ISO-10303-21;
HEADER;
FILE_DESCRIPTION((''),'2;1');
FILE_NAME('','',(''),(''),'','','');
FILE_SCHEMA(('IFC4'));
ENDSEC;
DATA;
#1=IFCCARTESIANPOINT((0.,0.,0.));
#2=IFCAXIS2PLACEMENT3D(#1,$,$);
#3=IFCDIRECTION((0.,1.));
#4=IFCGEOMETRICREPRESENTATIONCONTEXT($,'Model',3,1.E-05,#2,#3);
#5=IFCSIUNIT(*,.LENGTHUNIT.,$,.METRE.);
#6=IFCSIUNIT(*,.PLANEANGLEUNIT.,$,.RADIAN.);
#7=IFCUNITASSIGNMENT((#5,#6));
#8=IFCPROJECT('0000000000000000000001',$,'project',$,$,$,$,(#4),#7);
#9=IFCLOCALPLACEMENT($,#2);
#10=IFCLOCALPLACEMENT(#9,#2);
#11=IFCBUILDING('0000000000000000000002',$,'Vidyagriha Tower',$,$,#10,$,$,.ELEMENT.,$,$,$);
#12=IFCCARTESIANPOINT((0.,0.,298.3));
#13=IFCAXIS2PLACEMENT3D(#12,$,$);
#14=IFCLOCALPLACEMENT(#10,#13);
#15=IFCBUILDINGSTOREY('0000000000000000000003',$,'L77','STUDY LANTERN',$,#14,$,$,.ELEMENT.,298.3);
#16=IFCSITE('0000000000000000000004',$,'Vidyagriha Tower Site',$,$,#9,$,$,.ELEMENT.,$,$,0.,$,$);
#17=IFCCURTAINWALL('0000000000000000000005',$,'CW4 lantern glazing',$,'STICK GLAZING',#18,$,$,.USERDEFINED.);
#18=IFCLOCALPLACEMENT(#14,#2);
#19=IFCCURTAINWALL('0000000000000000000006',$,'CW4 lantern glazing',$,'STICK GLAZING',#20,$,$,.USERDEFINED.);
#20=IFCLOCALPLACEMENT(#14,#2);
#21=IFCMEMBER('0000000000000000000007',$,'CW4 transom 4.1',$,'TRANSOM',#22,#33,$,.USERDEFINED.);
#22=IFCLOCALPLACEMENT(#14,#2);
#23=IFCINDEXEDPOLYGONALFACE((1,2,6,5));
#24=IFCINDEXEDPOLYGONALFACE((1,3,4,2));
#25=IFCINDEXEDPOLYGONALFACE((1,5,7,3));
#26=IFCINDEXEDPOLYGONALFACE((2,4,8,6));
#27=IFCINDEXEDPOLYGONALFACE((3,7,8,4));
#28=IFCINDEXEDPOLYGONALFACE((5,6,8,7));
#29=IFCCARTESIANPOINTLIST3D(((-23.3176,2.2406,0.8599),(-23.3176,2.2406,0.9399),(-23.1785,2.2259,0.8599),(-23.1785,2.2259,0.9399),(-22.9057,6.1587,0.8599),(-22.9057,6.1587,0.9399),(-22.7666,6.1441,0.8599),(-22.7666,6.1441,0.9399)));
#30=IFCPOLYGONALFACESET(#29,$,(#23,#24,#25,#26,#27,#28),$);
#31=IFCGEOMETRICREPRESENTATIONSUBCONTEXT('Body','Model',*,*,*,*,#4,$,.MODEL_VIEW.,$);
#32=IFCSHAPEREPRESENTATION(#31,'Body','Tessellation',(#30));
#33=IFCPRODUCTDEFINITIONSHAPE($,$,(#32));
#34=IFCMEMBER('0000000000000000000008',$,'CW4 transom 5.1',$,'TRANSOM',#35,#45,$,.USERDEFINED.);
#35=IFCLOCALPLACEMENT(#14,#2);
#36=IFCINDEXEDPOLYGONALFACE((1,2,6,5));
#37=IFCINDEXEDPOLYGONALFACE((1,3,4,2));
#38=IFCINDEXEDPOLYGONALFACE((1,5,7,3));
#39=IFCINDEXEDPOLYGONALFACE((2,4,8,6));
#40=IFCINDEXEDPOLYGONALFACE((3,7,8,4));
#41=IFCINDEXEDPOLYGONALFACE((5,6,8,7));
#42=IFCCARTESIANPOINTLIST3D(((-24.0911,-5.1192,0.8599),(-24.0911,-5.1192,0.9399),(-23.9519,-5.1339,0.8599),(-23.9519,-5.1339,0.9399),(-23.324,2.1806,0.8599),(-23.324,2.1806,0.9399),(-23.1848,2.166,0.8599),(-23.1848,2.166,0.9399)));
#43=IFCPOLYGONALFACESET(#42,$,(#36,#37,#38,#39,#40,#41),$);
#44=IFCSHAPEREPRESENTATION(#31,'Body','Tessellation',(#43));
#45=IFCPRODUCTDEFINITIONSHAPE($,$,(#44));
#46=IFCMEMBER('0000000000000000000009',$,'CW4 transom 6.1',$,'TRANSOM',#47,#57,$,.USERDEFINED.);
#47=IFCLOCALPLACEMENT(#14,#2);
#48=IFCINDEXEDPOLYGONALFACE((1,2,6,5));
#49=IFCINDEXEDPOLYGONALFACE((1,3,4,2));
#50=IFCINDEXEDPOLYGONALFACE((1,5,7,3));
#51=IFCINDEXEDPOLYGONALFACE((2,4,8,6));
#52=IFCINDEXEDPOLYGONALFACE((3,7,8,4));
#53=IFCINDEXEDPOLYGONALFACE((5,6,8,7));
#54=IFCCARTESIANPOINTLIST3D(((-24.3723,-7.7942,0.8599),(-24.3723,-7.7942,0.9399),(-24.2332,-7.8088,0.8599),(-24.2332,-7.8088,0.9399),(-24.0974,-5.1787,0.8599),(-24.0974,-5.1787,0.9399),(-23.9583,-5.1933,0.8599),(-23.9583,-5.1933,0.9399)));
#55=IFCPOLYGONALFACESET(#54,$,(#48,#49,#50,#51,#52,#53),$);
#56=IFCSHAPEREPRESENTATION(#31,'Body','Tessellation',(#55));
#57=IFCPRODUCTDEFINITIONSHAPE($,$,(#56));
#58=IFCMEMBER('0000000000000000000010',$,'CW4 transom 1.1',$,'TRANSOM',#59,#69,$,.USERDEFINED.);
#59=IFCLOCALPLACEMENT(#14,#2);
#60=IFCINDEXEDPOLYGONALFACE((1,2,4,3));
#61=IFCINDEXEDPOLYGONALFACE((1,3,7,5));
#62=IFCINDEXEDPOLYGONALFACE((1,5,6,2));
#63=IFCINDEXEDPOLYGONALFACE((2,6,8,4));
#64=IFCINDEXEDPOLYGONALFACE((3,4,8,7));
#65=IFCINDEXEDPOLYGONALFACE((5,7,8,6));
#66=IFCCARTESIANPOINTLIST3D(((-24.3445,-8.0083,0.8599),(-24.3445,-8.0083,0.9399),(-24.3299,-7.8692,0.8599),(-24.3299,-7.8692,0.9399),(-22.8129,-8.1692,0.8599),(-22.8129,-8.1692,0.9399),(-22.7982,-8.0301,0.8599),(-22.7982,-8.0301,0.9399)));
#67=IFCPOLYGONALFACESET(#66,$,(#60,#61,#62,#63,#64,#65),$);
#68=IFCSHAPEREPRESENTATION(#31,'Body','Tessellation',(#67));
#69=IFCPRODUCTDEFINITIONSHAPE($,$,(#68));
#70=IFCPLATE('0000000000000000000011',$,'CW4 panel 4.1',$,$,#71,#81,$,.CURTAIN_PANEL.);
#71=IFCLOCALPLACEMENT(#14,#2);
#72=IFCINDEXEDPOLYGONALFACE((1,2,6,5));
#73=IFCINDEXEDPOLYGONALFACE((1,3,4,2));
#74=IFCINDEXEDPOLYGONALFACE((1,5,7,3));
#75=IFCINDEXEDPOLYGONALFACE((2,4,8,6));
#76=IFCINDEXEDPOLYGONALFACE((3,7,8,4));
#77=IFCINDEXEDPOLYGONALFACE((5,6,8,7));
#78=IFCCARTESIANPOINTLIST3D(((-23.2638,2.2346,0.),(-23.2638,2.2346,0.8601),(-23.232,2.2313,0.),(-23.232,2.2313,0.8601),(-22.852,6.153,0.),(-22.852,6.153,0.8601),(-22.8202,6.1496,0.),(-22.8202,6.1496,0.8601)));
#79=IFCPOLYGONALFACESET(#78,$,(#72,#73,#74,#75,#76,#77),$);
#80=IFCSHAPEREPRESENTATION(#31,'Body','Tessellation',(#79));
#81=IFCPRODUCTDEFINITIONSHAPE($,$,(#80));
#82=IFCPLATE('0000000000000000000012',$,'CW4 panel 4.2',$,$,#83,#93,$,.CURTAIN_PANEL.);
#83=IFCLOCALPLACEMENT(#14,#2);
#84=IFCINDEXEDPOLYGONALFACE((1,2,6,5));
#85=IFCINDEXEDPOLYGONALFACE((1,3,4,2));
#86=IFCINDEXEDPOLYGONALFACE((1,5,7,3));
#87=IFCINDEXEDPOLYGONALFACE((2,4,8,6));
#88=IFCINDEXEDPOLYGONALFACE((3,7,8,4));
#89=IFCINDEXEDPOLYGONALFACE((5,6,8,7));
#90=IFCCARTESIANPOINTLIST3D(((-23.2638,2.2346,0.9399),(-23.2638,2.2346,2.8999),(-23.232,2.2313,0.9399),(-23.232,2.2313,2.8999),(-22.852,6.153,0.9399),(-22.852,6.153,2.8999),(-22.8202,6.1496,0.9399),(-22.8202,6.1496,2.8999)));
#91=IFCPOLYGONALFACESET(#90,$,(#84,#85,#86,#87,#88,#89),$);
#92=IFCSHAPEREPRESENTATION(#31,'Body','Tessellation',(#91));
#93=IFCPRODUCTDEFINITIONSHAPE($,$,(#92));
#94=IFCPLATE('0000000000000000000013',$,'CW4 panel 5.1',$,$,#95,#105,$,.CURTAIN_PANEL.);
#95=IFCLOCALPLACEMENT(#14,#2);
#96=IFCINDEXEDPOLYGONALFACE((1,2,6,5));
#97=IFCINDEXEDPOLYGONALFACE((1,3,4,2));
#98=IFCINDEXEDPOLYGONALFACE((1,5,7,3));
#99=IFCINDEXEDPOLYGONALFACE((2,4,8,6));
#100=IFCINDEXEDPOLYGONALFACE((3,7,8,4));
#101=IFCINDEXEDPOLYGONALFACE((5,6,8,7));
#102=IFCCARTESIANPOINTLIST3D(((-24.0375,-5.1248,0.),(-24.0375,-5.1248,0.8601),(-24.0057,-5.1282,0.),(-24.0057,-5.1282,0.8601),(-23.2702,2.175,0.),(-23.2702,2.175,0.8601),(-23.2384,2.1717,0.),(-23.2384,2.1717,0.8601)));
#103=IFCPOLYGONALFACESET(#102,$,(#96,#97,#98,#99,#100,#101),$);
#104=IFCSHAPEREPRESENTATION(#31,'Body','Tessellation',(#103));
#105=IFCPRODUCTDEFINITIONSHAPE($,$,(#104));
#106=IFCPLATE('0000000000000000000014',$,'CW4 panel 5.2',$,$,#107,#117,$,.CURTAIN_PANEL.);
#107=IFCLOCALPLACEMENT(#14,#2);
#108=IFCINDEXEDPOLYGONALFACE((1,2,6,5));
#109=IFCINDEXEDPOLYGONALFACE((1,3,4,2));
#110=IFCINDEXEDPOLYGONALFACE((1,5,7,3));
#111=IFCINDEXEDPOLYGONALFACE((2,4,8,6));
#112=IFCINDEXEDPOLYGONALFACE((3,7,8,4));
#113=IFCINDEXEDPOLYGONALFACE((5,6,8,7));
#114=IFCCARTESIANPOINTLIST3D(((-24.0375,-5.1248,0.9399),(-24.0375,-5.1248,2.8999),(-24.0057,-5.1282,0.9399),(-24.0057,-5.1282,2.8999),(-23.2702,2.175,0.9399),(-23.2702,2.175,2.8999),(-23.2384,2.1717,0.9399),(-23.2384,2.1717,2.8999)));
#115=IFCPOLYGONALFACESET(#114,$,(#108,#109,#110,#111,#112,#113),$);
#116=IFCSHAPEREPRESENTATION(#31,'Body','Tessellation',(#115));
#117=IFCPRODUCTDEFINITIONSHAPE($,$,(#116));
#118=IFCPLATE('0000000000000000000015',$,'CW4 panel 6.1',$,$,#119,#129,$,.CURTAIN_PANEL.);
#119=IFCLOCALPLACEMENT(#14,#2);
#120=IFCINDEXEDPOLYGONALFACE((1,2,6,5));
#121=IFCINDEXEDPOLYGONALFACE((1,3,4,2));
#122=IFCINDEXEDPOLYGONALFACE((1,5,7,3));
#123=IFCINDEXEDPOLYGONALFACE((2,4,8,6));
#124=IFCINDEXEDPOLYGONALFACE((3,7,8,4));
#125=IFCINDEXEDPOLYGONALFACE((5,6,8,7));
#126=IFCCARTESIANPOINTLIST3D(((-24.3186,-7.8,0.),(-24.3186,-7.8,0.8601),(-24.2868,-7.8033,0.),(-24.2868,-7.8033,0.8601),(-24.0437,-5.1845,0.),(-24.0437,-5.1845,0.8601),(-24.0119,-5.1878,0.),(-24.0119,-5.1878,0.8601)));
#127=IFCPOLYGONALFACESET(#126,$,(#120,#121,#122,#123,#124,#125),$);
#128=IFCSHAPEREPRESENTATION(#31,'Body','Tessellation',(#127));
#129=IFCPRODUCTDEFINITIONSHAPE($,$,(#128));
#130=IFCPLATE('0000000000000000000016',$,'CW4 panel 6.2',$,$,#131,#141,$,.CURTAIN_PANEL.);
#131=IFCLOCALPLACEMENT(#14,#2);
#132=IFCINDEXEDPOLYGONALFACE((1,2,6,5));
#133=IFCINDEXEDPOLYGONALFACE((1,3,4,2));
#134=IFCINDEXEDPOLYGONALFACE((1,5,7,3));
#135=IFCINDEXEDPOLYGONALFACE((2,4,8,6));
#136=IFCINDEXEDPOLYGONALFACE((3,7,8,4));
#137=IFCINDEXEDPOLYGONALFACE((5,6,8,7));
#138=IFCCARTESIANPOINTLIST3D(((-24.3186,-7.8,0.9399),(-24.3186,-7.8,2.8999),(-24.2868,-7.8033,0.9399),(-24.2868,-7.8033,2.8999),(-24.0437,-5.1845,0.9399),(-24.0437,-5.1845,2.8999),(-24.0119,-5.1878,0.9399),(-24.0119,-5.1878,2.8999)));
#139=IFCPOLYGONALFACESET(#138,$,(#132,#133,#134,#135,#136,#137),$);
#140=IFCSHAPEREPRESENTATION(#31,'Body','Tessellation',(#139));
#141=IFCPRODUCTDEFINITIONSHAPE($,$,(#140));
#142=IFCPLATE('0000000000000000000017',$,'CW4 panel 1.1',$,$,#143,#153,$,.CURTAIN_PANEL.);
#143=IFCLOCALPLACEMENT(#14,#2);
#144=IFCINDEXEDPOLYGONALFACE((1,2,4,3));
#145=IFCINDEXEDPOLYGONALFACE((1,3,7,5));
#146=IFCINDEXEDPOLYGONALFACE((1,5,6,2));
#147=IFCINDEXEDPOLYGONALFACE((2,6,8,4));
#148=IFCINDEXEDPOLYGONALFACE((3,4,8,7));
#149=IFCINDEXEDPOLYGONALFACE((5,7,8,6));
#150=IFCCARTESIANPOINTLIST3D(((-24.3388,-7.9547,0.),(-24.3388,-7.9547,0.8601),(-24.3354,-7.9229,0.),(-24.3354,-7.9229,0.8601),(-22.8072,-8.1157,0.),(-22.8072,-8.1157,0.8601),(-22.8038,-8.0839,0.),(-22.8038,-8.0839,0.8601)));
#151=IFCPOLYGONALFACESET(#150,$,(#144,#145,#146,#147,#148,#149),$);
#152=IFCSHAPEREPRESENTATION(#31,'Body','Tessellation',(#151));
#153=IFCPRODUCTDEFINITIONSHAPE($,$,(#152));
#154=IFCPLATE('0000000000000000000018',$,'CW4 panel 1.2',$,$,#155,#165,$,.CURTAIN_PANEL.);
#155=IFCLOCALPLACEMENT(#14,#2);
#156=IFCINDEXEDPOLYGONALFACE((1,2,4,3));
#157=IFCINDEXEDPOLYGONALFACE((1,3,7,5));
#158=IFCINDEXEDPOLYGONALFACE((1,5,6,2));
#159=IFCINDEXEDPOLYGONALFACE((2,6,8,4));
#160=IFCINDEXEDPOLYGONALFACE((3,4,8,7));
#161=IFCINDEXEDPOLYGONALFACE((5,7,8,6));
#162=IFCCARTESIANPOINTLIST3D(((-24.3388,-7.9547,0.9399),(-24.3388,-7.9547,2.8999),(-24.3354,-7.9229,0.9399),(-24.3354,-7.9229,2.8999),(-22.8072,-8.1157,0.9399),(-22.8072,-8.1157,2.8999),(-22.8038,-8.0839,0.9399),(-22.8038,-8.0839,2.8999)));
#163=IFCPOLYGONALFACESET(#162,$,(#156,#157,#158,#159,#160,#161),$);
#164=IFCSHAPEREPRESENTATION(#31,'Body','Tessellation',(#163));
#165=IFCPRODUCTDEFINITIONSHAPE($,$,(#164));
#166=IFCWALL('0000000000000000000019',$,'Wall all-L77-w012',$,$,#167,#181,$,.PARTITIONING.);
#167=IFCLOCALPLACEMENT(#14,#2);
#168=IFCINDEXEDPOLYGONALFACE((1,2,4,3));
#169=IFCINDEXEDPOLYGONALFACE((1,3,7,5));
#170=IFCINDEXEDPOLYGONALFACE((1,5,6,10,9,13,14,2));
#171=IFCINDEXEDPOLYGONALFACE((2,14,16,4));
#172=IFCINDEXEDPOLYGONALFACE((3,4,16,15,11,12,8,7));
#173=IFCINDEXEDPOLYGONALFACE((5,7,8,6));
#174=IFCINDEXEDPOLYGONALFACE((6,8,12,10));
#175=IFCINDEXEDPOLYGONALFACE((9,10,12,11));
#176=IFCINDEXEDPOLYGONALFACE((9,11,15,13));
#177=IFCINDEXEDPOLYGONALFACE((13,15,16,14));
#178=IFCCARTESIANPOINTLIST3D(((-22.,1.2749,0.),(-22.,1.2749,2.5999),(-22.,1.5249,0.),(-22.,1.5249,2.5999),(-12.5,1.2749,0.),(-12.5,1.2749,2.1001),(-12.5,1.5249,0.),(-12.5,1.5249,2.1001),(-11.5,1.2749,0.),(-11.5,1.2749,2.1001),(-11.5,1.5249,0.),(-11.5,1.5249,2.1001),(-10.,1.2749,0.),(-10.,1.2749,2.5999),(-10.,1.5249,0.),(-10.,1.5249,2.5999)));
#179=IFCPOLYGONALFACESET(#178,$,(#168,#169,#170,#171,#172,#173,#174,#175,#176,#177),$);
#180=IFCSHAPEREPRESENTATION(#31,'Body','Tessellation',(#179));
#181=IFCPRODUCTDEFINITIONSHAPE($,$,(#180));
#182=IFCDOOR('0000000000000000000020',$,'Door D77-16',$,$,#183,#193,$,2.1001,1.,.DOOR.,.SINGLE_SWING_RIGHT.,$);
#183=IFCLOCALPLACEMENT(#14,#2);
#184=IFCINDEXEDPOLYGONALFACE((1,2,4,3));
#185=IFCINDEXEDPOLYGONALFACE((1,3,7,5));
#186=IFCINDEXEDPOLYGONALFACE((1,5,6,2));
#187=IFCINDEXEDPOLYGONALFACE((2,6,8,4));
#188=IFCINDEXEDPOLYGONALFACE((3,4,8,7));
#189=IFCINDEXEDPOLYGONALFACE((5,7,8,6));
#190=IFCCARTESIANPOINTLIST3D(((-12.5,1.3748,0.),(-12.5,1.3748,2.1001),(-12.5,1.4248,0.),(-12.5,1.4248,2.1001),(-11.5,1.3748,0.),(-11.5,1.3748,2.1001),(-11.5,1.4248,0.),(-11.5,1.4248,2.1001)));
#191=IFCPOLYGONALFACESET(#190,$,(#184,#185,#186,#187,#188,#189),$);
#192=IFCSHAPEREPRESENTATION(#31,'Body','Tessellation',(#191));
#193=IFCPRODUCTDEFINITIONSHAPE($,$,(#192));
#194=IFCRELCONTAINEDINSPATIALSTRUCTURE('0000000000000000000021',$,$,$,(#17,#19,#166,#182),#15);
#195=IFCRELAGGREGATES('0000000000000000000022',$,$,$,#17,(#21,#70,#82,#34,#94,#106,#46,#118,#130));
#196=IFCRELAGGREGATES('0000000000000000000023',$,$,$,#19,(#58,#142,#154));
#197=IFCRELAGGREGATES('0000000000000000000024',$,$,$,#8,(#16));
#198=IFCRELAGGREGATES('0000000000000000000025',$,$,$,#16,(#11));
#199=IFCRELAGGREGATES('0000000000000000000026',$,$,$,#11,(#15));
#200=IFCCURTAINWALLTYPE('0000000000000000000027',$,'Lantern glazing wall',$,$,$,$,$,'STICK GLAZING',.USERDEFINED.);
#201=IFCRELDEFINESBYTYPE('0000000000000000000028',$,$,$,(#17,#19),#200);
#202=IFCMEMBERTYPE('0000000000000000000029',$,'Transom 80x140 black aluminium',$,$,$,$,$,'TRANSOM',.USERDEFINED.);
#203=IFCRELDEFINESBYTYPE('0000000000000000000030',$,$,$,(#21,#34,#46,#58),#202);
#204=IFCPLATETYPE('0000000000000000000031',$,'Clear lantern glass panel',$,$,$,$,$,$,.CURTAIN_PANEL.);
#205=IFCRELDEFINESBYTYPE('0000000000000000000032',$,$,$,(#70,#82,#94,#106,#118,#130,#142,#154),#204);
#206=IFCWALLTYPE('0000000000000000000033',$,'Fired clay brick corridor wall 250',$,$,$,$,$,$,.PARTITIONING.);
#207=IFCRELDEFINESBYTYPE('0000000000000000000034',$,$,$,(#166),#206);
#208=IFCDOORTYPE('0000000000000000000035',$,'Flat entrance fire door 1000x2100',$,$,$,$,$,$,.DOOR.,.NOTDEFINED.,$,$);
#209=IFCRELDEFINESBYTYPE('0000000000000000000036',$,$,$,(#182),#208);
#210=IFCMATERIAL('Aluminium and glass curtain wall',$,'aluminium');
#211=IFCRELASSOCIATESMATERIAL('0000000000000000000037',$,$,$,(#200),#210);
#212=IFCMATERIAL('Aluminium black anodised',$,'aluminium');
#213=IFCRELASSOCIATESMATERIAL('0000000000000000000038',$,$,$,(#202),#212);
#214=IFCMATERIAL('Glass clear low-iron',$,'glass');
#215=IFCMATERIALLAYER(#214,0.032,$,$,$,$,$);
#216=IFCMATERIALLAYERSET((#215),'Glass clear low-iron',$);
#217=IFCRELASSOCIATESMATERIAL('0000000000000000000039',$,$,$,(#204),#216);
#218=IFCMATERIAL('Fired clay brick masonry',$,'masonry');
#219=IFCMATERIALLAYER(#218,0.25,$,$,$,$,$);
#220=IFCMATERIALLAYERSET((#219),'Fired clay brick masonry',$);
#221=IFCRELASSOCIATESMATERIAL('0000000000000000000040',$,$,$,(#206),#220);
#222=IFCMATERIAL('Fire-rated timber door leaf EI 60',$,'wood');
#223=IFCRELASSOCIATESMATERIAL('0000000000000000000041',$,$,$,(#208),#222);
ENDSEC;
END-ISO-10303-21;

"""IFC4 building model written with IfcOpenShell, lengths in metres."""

from ifc_helpers import new_model, si_unit, direction, frame, frame_2d, origin, origin_2d, place, context, subcontext, project, spatial, rectangle, extrude, material, layer, layer_set, material_profile, profile_set, type_object, element, fill, aggregate, save


model = new_model("IFC4")

# Units and contexts
model_context = context("Model", 3, precision=1e-05, world=origin(), true_north=direction((0.0, 1.0)))
body_context = subcontext(model_context, "Body", "Model", "MODEL_VIEW")
ifc_project = project(units=[si_unit("LENGTHUNIT", "METRE"), si_unit("PLANEANGLEUNIT", "RADIAN")], contexts=[model_context])

# Site, building, storey
site_placement = place(None, origin())
site = spatial("IfcSite", under=ifc_project, at=site_placement, Name="Vidyagriha Tower Site", CompositionType="ELEMENT", RefElevation=0.0)
building_placement = place(site_placement, origin())
building = spatial("IfcBuilding", under=site, at=building_placement, Name="Vidyagriha Tower", CompositionType="ELEMENT")
storey_placement = place(building_placement, frame((0.0, 0.0, 298.3)))
storey = spatial("IfcBuildingStorey", under=building, at=storey_placement, Name="L77", Description="STUDY LANTERN", CompositionType="ELEMENT", Elevation=298.3)

# Curtain walls
ifc_material_1 = material(Name="Aluminium and glass curtain wall", Category="aluminium")
curtain_wall_type = type_object("IfcCurtainWallType", Name="Lantern glazing wall", ElementType="STICK GLAZING", PredefinedType="USERDEFINED", material=ifc_material_1)
curtain_wall_1_placement = place(storey_placement, origin())
curtain_wall_1 = element("IfcCurtainWall", 1, at=curtain_wall_1_placement, inside=storey, type_object=curtain_wall_type, Name="CW4 lantern glazing", ObjectType="STICK GLAZING", PredefinedType="USERDEFINED")
curtain_wall_2_placement = place(storey_placement, origin())
curtain_wall_2 = element("IfcCurtainWall", 2, at=curtain_wall_2_placement, inside=storey, type_object=curtain_wall_type, Name="CW4 lantern glazing", ObjectType="STICK GLAZING", PredefinedType="USERDEFINED")

# Members
ifc_material_2 = material(Name="Aluminium black anodised", Category="aluminium")
ifc_material_profile_1 = material_profile(ifc_material_2, rectangle(XDim=0.1399, YDim=0.0801, at=origin_2d()), Name="Transom 80x140 black aluminium")
ifc_profile_set_1 = profile_set([ifc_material_profile_1], Name="Aluminium black anodised")
member_type_1 = type_object("IfcMemberType", Name="Transom 80x140 black aluminium", ElementType="TRANSOM", PredefinedType="USERDEFINED", material=ifc_profile_set_1)
member_1_placement = place(storey_placement, frame((-22.8362, 6.1514, 0.8999), z_axis=(-0.10454, -0.994521, 0.0), x_axis=(0.994521, -0.10454, 0.0)))
member_1 = element("IfcMember", 3, at=member_1_placement, type_object=member_type_1, Name="CW4 transom 4.1", ObjectType="TRANSOM", PredefinedType="USERDEFINED", context=body_context, shape_type="SweptSolid", body=[
    extrude(rectangle(XDim=0.1399, YDim=0.0801, at=origin_2d()), origin(), (0.0, 0.0, 1.0), 3.9397),
])
member_2_placement = place(storey_placement, frame((-23.2544, 2.1733, 0.8999), z_axis=(-0.104508, -0.994524, 0.0), x_axis=(0.994524, -0.104508, 0.0)))
member_2 = element("IfcMember", 4, at=member_2_placement, type_object=member_type_1, Name="CW4 transom 5.1", ObjectType="TRANSOM", PredefinedType="USERDEFINED", context=body_context, shape_type="SweptSolid", body=[
    extrude(rectangle(XDim=0.1399, YDim=0.0801, at=origin_2d()), origin(), (0.0, 0.0, 1.0), 7.3401),
])
member_3_placement = place(storey_placement, frame((-24.0278, -5.186, 0.8999), z_axis=(-0.10453, -0.994522, 0.0), x_axis=(0.994522, -0.10453, 0.0)))
member_3 = element("IfcMember", 5, at=member_3_placement, type_object=member_type_1, Name="CW4 transom 6.1", ObjectType="TRANSOM", PredefinedType="USERDEFINED", context=body_context, shape_type="SweptSolid", body=[
    extrude(rectangle(XDim=0.1399, YDim=0.0801, at=origin_2d()), origin(), (0.0, 0.0, 1.0), 2.6299),
])
member_4_placement = place(storey_placement, frame((-24.3372, -7.9387, 0.8999), z_axis=(0.994527, -0.104478, 0.0), x_axis=(0.104478, 0.994527, 0.0)))
member_4 = element("IfcMember", 6, at=member_4_placement, type_object=member_type_1, Name="CW4 transom 1.1", ObjectType="TRANSOM", PredefinedType="USERDEFINED", context=body_context, shape_type="SweptSolid", body=[
    extrude(rectangle(XDim=0.1399, YDim=0.0801, at=origin_2d()), origin(), (0.0, 0.0, 1.0), 1.54),
])

# Plates
ifc_material_3 = material(Name="Glass clear low-iron", Category="glass")
ifc_layer_1 = layer(ifc_material_3, 0.032)
ifc_layer_set_1 = layer_set([ifc_layer_1], Name="Glass clear low-iron")
plate_type = type_object("IfcPlateType", Name="Clear lantern glass panel", PredefinedType="CURTAIN_PANEL", material=ifc_layer_set_1)
plate_1_placement = place(storey_placement, frame((-23.042, 4.1921, 0.0), z_axis=(0.0, 0.0, 1.0), x_axis=(-0.104527, -0.994522, 0.0)))
plate_1 = element("IfcPlate", 7, at=plate_1_placement, type_object=plate_type, Name="CW4 panel 4.1", PredefinedType="CURTAIN_PANEL", context=body_context, shape_type="SweptSolid", body=[
    extrude(rectangle(XDim=3.9399, YDim=0.032, at=origin_2d()), origin(), (0.0, 0.0, 1.0), 0.8601),
])
plate_2_placement = place(storey_placement, frame((-23.042, 4.1921, 0.9399), z_axis=(0.0, 0.0, 1.0), x_axis=(-0.104527, -0.994522, 0.0)))
plate_2 = element("IfcPlate", 8, at=plate_2_placement, type_object=plate_type, Name="CW4 panel 4.2", PredefinedType="CURTAIN_PANEL", context=body_context, shape_type="SweptSolid", body=[
    extrude(rectangle(XDim=3.9399, YDim=0.032, at=origin_2d()), origin(), (0.0, 0.0, 1.0), 1.96),
])
plate_3_placement = place(storey_placement, frame((-23.6379, -1.4766, 0.0), z_axis=(0.0, 0.0, 1.0), x_axis=(-0.104527, -0.994522, 0.0)))
plate_3 = element("IfcPlate", 9, at=plate_3_placement, type_object=plate_type, Name="CW4 panel 5.1", PredefinedType="CURTAIN_PANEL", context=body_context, shape_type="SweptSolid", body=[
    extrude(rectangle(XDim=7.3401, YDim=0.032, at=origin_2d()), origin(), (0.0, 0.0, 1.0), 0.8601),
])
plate_4_placement = place(storey_placement, frame((-23.6379, -1.4766, 0.9399), z_axis=(0.0, 0.0, 1.0), x_axis=(-0.104527, -0.994522, 0.0)))
plate_4 = element("IfcPlate", 10, at=plate_4_placement, type_object=plate_type, Name="CW4 panel 5.2", PredefinedType="CURTAIN_PANEL", context=body_context, shape_type="SweptSolid", body=[
    extrude(rectangle(XDim=7.3401, YDim=0.032, at=origin_2d()), origin(), (0.0, 0.0, 1.0), 1.96),
])
plate_5_placement = place(storey_placement, frame((-24.1653, -6.4939, 0.0), z_axis=(0.0, 0.0, 1.0), x_axis=(-0.104527, -0.994522, 0.0)))
plate_5 = element("IfcPlate", 11, at=plate_5_placement, type_object=plate_type, Name="CW4 panel 6.1", PredefinedType="CURTAIN_PANEL", context=body_context, shape_type="SweptSolid", body=[
    extrude(rectangle(XDim=2.6299, YDim=0.032, at=origin_2d()), origin(), (0.0, 0.0, 1.0), 0.8601),
])
plate_6_placement = place(storey_placement, frame((-24.1653, -6.4939, 0.9399), z_axis=(0.0, 0.0, 1.0), x_axis=(-0.104527, -0.994522, 0.0)))
plate_6 = element("IfcPlate", 12, at=plate_6_placement, type_object=plate_type, Name="CW4 panel 6.2", PredefinedType="CURTAIN_PANEL", context=body_context, shape_type="SweptSolid", body=[
    extrude(rectangle(XDim=2.6299, YDim=0.032, at=origin_2d()), origin(), (0.0, 0.0, 1.0), 1.96),
])
aggregate(curtain_wall_1, [member_1, plate_1, plate_2, member_2, plate_3, plate_4, member_3, plate_5, plate_6])
plate_7_placement = place(storey_placement, frame((-23.5713, -8.0193, 0.0), z_axis=(0.0, 0.0, 1.0), x_axis=(0.994523, -0.104519, 0.0)))
plate_7 = element("IfcPlate", 13, at=plate_7_placement, type_object=plate_type, Name="CW4 panel 1.1", PredefinedType="CURTAIN_PANEL", context=body_context, shape_type="SweptSolid", body=[
    extrude(rectangle(XDim=1.54, YDim=0.032, at=origin_2d()), origin(), (0.0, 0.0, 1.0), 0.8601),
])
plate_8_placement = place(storey_placement, frame((-23.5713, -8.0193, 0.9399), z_axis=(0.0, 0.0, 1.0), x_axis=(0.994523, -0.104519, 0.0)))
plate_8 = element("IfcPlate", 14, at=plate_8_placement, type_object=plate_type, Name="CW4 panel 1.2", PredefinedType="CURTAIN_PANEL", context=body_context, shape_type="SweptSolid", body=[
    extrude(rectangle(XDim=1.54, YDim=0.032, at=origin_2d()), origin(), (0.0, 0.0, 1.0), 1.96),
])
aggregate(curtain_wall_2, [member_4, plate_7, plate_8])

# Wall, opening, door
ifc_material_4 = material(Name="Fired clay brick masonry", Category="masonry")
ifc_layer_2 = layer(ifc_material_4, 0.25)
ifc_layer_set_2 = layer_set([ifc_layer_2], Name="Fired clay brick masonry")
wall_type = type_object("IfcWallType", Name="Fired clay brick corridor wall 250", PredefinedType="PARTITIONING", material=ifc_layer_set_2)
wall_placement = place(storey_placement, frame((-22.0, 1.3999, 0.0)))
wall = element("IfcWall", 15, at=wall_placement, inside=storey, type_object=wall_type, Name="Wall all-L77-w012", PredefinedType="PARTITIONING", context=body_context, shape_type="SweptSolid", body=[
    extrude(rectangle(XDim=12.0, YDim=0.25, at=frame_2d((6.0, 0.0))), origin(), (0.0, 0.0, 1.0), 2.5999),
])
opening_placement = place(wall_placement, frame((9.5, 0.0, 0.0)))
opening = element("IfcOpeningElement", 16, at=opening_placement, cuts=wall, PredefinedType="OPENING", context=body_context, shape_type="SweptSolid", body=[
    extrude(rectangle(XDim=1.0, YDim=2.1001, at=frame_2d((0.5, 1.05))), frame((0.0, 0.135, 0.0), z_axis=(0.0, -1.0, 0.0), x_axis=(1.0, 0.0, 0.0)), (0.0, 0.0, 1.0), 0.27),
])
ifc_material_5 = material(Name="Fire-rated timber door leaf EI 60", Category="wood")
door_type = type_object("IfcDoorType", Name="Flat entrance fire door 1000x2100", OperationType="NOTDEFINED", PredefinedType="DOOR", material=ifc_material_5)
door_placement = place(opening_placement, origin())
door = element("IfcDoor", 17, at=door_placement, inside=storey, type_object=door_type, Name="Door D77-16", OperationType="SINGLE_SWING_RIGHT", OverallHeight=2.1001, OverallWidth=1.0, PredefinedType="DOOR", context=body_context, shape_type="SweptSolid", body=[
    extrude(rectangle(XDim=1.0, YDim=2.1001, at=frame_2d((0.5, 1.05))), frame((0.0, 0.0249, 0.0), z_axis=(0.0, -1.0, 0.0), x_axis=(1.0, 0.0, 0.0)), (0.0, 0.0, 1.0), 0.05),
])
fill(opening, door)

save(model, "model.ifc")
